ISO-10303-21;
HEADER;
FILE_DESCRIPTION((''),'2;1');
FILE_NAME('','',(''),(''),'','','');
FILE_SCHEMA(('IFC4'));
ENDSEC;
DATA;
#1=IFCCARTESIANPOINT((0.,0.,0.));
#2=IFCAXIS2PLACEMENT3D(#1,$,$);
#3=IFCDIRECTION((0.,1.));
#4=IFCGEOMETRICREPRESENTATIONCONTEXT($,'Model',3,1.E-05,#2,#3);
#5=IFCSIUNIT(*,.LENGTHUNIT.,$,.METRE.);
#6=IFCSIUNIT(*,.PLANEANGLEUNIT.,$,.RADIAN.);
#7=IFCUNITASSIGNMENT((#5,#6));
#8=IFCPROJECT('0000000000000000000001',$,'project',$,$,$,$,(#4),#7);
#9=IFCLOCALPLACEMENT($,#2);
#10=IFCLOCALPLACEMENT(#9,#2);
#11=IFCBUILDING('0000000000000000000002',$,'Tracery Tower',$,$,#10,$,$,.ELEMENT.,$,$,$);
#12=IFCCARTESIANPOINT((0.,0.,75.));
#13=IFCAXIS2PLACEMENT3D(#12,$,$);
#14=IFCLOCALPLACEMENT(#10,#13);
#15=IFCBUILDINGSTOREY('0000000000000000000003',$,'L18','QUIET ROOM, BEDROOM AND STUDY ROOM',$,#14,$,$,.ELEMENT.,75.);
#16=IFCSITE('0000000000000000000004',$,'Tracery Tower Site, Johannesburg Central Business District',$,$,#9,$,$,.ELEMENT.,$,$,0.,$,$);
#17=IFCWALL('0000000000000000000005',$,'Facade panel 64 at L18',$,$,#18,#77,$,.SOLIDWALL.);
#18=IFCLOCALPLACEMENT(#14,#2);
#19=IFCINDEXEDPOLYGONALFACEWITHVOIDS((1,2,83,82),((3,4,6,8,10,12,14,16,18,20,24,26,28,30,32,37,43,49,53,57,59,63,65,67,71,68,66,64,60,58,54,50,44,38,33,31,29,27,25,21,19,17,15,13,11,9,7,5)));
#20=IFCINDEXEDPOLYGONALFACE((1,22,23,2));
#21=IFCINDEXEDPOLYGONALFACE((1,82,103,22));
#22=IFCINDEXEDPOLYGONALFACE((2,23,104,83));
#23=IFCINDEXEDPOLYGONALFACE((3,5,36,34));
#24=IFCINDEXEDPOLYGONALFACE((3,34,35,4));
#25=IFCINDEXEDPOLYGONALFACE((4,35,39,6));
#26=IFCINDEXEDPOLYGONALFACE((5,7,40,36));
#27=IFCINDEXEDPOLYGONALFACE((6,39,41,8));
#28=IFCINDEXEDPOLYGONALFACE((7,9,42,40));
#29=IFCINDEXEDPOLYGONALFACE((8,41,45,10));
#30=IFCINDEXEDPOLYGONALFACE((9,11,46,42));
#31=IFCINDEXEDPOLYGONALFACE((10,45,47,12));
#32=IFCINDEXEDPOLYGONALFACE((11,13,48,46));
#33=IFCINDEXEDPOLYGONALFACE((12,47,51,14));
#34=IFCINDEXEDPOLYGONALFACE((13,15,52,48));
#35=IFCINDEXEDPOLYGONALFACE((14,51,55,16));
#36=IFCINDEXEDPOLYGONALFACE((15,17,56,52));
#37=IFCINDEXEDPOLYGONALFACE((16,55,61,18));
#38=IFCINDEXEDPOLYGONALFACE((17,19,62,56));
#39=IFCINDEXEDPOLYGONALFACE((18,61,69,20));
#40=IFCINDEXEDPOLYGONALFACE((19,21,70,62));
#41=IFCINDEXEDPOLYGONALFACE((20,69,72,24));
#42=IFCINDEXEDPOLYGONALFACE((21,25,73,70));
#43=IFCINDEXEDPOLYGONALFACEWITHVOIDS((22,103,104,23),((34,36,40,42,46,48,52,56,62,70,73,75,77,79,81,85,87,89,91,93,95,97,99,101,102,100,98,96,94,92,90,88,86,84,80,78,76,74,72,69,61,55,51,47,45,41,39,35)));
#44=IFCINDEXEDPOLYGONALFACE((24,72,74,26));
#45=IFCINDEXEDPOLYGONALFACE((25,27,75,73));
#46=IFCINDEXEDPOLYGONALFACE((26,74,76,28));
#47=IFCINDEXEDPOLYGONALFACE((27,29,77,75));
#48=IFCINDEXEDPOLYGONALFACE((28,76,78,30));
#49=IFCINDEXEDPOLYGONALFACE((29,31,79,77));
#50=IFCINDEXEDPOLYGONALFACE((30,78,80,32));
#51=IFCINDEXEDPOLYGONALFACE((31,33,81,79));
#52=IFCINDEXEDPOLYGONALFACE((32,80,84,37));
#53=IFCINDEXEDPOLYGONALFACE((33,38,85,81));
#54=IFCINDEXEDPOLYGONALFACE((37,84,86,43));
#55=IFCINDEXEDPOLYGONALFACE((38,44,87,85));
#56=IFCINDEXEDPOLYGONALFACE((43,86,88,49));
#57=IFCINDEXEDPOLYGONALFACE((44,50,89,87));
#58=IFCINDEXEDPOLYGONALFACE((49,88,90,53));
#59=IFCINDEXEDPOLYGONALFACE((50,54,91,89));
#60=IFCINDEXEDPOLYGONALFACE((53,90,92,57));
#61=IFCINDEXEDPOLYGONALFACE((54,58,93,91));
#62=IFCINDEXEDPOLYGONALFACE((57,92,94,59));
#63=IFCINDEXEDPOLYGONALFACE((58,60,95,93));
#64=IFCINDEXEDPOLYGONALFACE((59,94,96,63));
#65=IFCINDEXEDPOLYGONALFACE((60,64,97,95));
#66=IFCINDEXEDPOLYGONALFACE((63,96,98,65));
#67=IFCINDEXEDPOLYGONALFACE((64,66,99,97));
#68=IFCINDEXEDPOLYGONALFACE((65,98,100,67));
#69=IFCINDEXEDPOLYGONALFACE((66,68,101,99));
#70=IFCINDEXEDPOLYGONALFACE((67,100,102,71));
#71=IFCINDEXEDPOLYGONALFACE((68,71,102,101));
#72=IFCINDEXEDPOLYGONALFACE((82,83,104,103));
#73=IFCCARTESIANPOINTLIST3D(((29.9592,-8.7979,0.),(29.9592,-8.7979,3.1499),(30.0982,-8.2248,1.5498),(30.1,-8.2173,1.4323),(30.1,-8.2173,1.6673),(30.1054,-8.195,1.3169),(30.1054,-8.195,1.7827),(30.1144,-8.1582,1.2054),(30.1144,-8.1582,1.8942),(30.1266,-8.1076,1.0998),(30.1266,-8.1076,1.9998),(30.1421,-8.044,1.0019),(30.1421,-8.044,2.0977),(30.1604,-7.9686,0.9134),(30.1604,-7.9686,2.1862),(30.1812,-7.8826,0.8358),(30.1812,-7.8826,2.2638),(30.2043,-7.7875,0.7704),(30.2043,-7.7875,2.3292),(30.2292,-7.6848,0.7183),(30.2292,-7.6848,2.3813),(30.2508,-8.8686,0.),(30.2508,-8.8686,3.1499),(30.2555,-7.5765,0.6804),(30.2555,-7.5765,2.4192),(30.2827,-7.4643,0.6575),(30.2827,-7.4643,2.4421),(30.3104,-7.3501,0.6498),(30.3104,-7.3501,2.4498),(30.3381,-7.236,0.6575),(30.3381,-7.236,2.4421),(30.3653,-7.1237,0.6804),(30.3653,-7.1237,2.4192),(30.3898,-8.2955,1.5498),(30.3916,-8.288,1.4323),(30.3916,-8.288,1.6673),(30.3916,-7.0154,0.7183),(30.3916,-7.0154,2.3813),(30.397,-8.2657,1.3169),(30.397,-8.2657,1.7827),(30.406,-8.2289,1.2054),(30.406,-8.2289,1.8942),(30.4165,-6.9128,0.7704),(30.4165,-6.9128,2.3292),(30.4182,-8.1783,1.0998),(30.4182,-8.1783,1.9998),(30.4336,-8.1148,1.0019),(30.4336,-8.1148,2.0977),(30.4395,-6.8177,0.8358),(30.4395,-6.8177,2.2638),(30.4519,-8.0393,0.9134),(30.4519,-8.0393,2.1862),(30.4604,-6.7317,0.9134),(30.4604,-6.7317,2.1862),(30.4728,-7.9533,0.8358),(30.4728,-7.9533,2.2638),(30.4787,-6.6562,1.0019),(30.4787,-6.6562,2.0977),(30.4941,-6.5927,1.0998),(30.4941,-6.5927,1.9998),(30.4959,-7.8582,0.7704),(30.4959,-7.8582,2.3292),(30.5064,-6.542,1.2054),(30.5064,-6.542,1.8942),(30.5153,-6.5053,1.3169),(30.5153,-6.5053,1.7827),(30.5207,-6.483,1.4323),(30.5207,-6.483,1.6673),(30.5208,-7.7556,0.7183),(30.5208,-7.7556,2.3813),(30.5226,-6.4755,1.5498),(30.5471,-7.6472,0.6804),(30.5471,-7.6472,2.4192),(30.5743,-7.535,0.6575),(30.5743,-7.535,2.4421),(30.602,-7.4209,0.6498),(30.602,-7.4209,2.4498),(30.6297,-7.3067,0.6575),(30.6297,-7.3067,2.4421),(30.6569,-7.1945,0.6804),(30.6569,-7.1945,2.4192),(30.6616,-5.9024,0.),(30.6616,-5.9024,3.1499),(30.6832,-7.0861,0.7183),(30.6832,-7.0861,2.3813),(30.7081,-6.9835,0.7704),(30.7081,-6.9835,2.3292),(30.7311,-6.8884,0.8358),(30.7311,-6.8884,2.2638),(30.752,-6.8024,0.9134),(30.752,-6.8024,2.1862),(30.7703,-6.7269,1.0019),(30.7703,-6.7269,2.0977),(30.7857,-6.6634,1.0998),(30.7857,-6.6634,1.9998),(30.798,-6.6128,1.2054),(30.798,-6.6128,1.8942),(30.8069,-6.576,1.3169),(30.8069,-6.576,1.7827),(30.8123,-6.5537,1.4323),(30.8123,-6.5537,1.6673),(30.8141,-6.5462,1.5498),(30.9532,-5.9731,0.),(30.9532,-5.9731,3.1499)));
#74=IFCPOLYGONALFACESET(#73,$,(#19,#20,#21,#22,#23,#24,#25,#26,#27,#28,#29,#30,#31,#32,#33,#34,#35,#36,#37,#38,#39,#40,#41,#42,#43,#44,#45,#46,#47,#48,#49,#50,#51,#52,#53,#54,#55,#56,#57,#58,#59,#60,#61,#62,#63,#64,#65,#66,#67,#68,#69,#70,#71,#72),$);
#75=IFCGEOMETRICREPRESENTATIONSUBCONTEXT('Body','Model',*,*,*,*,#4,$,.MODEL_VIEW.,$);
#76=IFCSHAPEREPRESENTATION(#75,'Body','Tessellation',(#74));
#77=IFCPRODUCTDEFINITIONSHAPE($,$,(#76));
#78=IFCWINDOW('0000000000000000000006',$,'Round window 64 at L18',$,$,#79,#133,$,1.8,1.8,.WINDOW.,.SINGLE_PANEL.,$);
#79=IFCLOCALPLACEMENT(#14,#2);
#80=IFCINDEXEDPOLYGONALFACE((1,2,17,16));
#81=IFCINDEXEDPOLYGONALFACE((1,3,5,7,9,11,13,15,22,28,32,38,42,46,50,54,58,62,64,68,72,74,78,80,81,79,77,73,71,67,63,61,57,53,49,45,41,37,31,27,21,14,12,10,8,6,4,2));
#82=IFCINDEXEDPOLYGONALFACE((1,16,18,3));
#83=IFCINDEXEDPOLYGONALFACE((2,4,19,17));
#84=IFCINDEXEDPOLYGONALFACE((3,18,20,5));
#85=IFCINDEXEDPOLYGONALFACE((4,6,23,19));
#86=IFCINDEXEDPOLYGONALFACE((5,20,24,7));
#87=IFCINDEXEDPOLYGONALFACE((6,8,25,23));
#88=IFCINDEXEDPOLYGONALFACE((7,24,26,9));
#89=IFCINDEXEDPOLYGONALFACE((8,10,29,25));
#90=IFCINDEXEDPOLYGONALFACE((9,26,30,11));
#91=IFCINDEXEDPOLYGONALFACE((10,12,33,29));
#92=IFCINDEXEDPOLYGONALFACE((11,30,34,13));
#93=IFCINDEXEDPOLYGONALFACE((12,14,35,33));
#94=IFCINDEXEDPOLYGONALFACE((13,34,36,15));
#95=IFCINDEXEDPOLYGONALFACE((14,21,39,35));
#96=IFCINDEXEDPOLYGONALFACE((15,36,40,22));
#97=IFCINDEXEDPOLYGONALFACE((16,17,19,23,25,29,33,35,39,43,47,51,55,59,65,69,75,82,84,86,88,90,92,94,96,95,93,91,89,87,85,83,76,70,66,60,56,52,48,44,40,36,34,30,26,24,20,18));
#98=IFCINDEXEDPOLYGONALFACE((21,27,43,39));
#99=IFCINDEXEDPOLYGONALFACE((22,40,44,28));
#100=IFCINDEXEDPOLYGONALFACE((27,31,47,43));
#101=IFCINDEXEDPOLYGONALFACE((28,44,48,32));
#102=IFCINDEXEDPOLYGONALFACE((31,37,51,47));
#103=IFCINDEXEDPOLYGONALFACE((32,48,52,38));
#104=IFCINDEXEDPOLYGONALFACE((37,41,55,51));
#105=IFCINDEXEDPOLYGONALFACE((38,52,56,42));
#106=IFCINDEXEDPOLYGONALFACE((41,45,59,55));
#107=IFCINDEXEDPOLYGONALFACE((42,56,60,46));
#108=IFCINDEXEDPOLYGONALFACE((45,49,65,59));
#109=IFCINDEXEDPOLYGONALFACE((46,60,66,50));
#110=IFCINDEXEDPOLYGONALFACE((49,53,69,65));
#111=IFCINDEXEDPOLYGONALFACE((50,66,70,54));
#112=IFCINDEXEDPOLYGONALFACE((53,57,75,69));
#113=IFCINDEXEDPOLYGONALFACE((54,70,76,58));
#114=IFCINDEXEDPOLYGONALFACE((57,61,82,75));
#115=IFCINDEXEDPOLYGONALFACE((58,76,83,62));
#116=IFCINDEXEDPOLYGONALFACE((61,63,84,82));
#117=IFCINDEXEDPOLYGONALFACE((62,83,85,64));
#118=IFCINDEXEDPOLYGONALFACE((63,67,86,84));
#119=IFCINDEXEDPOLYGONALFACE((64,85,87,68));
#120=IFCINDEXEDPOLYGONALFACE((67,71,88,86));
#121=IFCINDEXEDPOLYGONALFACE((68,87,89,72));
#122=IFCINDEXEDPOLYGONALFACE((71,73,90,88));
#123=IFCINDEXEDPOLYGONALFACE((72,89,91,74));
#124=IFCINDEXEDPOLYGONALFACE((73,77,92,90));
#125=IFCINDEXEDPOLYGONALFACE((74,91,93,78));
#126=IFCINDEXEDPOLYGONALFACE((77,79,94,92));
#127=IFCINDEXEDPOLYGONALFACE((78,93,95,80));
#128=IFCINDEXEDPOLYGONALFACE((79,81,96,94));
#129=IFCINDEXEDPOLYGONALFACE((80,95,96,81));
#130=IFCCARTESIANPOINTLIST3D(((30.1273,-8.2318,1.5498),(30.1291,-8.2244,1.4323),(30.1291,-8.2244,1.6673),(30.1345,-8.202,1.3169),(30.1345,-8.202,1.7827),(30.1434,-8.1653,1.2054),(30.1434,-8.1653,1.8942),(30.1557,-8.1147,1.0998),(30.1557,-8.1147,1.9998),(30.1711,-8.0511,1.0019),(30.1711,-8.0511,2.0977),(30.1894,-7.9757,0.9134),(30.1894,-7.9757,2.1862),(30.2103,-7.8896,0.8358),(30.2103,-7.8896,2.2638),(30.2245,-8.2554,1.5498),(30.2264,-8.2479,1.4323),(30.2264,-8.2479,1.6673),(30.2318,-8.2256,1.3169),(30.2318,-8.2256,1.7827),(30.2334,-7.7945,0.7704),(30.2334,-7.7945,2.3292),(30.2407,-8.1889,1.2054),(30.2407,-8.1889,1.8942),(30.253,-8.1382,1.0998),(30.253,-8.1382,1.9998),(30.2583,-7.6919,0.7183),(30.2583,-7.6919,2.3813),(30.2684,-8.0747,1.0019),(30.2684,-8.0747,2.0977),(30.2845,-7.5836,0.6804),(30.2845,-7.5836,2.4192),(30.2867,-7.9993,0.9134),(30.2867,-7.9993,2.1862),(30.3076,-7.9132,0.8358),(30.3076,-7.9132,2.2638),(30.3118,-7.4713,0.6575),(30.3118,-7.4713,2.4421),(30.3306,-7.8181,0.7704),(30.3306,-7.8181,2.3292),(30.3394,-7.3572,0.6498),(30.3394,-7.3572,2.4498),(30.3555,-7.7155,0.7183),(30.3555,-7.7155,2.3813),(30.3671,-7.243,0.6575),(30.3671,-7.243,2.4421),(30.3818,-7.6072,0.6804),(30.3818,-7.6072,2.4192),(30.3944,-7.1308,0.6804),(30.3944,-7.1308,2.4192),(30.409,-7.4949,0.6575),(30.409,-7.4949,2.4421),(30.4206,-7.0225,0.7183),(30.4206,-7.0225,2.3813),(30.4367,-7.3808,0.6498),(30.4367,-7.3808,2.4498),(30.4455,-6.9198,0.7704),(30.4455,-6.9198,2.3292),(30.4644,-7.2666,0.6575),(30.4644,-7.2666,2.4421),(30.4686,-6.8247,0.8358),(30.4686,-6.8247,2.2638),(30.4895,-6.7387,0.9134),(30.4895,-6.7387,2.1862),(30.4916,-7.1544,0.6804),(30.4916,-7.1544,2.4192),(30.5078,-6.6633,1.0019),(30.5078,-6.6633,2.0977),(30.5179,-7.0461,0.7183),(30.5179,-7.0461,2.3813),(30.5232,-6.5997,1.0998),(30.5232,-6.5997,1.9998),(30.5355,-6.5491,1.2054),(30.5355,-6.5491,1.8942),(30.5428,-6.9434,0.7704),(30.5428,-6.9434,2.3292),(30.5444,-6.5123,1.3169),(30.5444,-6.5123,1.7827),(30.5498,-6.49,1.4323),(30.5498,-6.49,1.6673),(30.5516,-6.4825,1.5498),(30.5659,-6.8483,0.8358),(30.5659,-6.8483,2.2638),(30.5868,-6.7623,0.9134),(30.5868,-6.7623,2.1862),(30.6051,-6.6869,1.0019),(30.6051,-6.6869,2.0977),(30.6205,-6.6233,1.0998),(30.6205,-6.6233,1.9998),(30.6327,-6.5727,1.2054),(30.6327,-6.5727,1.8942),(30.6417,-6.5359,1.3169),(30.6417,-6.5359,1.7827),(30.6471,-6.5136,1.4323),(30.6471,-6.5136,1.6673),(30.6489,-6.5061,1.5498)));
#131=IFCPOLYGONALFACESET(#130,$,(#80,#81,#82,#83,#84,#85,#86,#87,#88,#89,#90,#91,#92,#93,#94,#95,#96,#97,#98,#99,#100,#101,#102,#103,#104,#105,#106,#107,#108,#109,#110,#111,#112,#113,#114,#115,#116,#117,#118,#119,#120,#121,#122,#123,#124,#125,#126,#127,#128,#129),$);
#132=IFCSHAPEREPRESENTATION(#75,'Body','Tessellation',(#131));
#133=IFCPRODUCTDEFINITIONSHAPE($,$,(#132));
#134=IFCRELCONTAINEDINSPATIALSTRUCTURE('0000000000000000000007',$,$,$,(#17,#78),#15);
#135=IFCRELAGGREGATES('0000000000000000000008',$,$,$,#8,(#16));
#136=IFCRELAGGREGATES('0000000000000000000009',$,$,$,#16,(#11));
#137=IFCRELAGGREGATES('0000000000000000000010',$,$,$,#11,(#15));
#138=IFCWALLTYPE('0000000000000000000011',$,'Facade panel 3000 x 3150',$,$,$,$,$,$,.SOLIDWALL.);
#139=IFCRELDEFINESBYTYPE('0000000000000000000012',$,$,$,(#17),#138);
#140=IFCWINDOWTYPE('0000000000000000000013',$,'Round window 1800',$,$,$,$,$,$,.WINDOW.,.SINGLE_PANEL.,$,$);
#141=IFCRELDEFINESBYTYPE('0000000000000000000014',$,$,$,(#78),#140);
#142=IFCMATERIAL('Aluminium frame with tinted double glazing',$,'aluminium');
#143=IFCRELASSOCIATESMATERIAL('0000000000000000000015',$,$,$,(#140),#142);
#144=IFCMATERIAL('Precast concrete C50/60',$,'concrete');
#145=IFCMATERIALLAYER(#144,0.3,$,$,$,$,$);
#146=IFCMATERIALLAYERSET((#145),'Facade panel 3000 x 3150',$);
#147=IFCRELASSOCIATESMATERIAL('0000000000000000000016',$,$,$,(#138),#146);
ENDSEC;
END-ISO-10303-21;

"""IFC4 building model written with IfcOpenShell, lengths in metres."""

from ifc_helpers import new_model, si_unit, direction, frame, frame_2d, origin, origin_2d, place, context, subcontext, project, spatial, rectangle, circle, extrude, material, layer, layer_set, type_object, element, fill, save


model = new_model("IFC4")

# Units and contexts
model_context = context("Model", 3, precision=1e-05, world=origin(), true_north=direction((0.0, 1.0)))
body_context = subcontext(model_context, "Body", "Model", "MODEL_VIEW")
ifc_project = project(units=[si_unit("LENGTHUNIT", "METRE"), si_unit("PLANEANGLEUNIT", "RADIAN")], contexts=[model_context])

# Site, building, storey
site_placement = place(None, origin())
site = spatial("IfcSite", under=ifc_project, at=site_placement, Name="Tracery Tower Site, Johannesburg Central Business District", CompositionType="ELEMENT", RefElevation=0.0)
building_placement = place(site_placement, origin())
building = spatial("IfcBuilding", under=site, at=building_placement, Name="Tracery Tower", CompositionType="ELEMENT")
storey_placement = place(building_placement, frame((0.0, 0.0, 75.0)))
storey = spatial("IfcBuildingStorey", under=building, at=storey_placement, Name="L18", Description="QUIET ROOM, BEDROOM AND STUDY ROOM", CompositionType="ELEMENT", Elevation=75.0)

# Wall, opening, window
ifc_material_1 = material(Name="Aluminium frame with tinted double glazing", Category="aluminium")
window_type = type_object("IfcWindowType", Name="Round window 1800", PartitioningType="SINGLE_PANEL", PredefinedType="WINDOW", material=ifc_material_1)
ifc_material_2 = material(Name="Precast concrete C50/60", Category="concrete")
ifc_layer_1 = layer(ifc_material_2, 0.3)
ifc_layer_set_1 = layer_set([ifc_layer_1], Name="Facade panel 3000 x 3150")
wall_type_1 = type_object("IfcWallType", Name="Facade panel 3000 x 3150", PredefinedType="SOLIDWALL", material=ifc_layer_set_1)
wall_1_placement = place(storey_placement, frame((30.105, -8.8333, 0.0), z_axis=(0.0, 0.0, 1.0), x_axis=(0.235743, 0.971815, 0.0)))
wall_1 = element("IfcWall", 1, at=wall_1_placement, inside=storey, type_object=wall_type_1, Name="Facade panel 64 at L18", PredefinedType="SOLIDWALL", context=body_context, shape_type="SweptSolid", body=[
    extrude(rectangle(XDim=2.9795, YDim=0.3, at=frame_2d((1.4897, 0.0))), origin(), (0.0, 0.0, 1.0), 3.1499),
])
opening_1_placement = place(wall_1_placement, frame((1.4897, 0.0, 1.5498)))
opening_1 = element("IfcOpeningElement", 2, at=opening_1_placement, cuts=wall_1, PredefinedType="OPENING", context=body_context, shape_type="SweptSolid", body=[
    extrude(circle(Radius=0.9, at=origin_2d()), frame((0.0, 0.1599, 0.0), z_axis=(0.0, -1.0, 0.0), x_axis=(1.0, 0.0, 0.0)), (0.0, 0.0, 1.0), 0.3201),
])
window_1_placement = place(opening_1_placement, origin())
window_1 = element("IfcWindow", 3, at=window_1_placement, inside=storey, type_object=window_type, Name="Round window 64 at L18", OverallHeight=1.8, OverallWidth=1.8, PartitioningType="SINGLE_PANEL", PredefinedType="WINDOW", context=body_context, shape_type="SweptSolid", body=[
    extrude(circle(Radius=0.9, at=origin_2d()), frame((0.0, 0.1201, 0.0), z_axis=(0.0, -1.0, 0.0), x_axis=(1.0, 0.0, 0.0)), (0.0, 0.0, 1.0), 0.1001),
])
fill(opening_1, window_1)

save(model, "model.ifc")
